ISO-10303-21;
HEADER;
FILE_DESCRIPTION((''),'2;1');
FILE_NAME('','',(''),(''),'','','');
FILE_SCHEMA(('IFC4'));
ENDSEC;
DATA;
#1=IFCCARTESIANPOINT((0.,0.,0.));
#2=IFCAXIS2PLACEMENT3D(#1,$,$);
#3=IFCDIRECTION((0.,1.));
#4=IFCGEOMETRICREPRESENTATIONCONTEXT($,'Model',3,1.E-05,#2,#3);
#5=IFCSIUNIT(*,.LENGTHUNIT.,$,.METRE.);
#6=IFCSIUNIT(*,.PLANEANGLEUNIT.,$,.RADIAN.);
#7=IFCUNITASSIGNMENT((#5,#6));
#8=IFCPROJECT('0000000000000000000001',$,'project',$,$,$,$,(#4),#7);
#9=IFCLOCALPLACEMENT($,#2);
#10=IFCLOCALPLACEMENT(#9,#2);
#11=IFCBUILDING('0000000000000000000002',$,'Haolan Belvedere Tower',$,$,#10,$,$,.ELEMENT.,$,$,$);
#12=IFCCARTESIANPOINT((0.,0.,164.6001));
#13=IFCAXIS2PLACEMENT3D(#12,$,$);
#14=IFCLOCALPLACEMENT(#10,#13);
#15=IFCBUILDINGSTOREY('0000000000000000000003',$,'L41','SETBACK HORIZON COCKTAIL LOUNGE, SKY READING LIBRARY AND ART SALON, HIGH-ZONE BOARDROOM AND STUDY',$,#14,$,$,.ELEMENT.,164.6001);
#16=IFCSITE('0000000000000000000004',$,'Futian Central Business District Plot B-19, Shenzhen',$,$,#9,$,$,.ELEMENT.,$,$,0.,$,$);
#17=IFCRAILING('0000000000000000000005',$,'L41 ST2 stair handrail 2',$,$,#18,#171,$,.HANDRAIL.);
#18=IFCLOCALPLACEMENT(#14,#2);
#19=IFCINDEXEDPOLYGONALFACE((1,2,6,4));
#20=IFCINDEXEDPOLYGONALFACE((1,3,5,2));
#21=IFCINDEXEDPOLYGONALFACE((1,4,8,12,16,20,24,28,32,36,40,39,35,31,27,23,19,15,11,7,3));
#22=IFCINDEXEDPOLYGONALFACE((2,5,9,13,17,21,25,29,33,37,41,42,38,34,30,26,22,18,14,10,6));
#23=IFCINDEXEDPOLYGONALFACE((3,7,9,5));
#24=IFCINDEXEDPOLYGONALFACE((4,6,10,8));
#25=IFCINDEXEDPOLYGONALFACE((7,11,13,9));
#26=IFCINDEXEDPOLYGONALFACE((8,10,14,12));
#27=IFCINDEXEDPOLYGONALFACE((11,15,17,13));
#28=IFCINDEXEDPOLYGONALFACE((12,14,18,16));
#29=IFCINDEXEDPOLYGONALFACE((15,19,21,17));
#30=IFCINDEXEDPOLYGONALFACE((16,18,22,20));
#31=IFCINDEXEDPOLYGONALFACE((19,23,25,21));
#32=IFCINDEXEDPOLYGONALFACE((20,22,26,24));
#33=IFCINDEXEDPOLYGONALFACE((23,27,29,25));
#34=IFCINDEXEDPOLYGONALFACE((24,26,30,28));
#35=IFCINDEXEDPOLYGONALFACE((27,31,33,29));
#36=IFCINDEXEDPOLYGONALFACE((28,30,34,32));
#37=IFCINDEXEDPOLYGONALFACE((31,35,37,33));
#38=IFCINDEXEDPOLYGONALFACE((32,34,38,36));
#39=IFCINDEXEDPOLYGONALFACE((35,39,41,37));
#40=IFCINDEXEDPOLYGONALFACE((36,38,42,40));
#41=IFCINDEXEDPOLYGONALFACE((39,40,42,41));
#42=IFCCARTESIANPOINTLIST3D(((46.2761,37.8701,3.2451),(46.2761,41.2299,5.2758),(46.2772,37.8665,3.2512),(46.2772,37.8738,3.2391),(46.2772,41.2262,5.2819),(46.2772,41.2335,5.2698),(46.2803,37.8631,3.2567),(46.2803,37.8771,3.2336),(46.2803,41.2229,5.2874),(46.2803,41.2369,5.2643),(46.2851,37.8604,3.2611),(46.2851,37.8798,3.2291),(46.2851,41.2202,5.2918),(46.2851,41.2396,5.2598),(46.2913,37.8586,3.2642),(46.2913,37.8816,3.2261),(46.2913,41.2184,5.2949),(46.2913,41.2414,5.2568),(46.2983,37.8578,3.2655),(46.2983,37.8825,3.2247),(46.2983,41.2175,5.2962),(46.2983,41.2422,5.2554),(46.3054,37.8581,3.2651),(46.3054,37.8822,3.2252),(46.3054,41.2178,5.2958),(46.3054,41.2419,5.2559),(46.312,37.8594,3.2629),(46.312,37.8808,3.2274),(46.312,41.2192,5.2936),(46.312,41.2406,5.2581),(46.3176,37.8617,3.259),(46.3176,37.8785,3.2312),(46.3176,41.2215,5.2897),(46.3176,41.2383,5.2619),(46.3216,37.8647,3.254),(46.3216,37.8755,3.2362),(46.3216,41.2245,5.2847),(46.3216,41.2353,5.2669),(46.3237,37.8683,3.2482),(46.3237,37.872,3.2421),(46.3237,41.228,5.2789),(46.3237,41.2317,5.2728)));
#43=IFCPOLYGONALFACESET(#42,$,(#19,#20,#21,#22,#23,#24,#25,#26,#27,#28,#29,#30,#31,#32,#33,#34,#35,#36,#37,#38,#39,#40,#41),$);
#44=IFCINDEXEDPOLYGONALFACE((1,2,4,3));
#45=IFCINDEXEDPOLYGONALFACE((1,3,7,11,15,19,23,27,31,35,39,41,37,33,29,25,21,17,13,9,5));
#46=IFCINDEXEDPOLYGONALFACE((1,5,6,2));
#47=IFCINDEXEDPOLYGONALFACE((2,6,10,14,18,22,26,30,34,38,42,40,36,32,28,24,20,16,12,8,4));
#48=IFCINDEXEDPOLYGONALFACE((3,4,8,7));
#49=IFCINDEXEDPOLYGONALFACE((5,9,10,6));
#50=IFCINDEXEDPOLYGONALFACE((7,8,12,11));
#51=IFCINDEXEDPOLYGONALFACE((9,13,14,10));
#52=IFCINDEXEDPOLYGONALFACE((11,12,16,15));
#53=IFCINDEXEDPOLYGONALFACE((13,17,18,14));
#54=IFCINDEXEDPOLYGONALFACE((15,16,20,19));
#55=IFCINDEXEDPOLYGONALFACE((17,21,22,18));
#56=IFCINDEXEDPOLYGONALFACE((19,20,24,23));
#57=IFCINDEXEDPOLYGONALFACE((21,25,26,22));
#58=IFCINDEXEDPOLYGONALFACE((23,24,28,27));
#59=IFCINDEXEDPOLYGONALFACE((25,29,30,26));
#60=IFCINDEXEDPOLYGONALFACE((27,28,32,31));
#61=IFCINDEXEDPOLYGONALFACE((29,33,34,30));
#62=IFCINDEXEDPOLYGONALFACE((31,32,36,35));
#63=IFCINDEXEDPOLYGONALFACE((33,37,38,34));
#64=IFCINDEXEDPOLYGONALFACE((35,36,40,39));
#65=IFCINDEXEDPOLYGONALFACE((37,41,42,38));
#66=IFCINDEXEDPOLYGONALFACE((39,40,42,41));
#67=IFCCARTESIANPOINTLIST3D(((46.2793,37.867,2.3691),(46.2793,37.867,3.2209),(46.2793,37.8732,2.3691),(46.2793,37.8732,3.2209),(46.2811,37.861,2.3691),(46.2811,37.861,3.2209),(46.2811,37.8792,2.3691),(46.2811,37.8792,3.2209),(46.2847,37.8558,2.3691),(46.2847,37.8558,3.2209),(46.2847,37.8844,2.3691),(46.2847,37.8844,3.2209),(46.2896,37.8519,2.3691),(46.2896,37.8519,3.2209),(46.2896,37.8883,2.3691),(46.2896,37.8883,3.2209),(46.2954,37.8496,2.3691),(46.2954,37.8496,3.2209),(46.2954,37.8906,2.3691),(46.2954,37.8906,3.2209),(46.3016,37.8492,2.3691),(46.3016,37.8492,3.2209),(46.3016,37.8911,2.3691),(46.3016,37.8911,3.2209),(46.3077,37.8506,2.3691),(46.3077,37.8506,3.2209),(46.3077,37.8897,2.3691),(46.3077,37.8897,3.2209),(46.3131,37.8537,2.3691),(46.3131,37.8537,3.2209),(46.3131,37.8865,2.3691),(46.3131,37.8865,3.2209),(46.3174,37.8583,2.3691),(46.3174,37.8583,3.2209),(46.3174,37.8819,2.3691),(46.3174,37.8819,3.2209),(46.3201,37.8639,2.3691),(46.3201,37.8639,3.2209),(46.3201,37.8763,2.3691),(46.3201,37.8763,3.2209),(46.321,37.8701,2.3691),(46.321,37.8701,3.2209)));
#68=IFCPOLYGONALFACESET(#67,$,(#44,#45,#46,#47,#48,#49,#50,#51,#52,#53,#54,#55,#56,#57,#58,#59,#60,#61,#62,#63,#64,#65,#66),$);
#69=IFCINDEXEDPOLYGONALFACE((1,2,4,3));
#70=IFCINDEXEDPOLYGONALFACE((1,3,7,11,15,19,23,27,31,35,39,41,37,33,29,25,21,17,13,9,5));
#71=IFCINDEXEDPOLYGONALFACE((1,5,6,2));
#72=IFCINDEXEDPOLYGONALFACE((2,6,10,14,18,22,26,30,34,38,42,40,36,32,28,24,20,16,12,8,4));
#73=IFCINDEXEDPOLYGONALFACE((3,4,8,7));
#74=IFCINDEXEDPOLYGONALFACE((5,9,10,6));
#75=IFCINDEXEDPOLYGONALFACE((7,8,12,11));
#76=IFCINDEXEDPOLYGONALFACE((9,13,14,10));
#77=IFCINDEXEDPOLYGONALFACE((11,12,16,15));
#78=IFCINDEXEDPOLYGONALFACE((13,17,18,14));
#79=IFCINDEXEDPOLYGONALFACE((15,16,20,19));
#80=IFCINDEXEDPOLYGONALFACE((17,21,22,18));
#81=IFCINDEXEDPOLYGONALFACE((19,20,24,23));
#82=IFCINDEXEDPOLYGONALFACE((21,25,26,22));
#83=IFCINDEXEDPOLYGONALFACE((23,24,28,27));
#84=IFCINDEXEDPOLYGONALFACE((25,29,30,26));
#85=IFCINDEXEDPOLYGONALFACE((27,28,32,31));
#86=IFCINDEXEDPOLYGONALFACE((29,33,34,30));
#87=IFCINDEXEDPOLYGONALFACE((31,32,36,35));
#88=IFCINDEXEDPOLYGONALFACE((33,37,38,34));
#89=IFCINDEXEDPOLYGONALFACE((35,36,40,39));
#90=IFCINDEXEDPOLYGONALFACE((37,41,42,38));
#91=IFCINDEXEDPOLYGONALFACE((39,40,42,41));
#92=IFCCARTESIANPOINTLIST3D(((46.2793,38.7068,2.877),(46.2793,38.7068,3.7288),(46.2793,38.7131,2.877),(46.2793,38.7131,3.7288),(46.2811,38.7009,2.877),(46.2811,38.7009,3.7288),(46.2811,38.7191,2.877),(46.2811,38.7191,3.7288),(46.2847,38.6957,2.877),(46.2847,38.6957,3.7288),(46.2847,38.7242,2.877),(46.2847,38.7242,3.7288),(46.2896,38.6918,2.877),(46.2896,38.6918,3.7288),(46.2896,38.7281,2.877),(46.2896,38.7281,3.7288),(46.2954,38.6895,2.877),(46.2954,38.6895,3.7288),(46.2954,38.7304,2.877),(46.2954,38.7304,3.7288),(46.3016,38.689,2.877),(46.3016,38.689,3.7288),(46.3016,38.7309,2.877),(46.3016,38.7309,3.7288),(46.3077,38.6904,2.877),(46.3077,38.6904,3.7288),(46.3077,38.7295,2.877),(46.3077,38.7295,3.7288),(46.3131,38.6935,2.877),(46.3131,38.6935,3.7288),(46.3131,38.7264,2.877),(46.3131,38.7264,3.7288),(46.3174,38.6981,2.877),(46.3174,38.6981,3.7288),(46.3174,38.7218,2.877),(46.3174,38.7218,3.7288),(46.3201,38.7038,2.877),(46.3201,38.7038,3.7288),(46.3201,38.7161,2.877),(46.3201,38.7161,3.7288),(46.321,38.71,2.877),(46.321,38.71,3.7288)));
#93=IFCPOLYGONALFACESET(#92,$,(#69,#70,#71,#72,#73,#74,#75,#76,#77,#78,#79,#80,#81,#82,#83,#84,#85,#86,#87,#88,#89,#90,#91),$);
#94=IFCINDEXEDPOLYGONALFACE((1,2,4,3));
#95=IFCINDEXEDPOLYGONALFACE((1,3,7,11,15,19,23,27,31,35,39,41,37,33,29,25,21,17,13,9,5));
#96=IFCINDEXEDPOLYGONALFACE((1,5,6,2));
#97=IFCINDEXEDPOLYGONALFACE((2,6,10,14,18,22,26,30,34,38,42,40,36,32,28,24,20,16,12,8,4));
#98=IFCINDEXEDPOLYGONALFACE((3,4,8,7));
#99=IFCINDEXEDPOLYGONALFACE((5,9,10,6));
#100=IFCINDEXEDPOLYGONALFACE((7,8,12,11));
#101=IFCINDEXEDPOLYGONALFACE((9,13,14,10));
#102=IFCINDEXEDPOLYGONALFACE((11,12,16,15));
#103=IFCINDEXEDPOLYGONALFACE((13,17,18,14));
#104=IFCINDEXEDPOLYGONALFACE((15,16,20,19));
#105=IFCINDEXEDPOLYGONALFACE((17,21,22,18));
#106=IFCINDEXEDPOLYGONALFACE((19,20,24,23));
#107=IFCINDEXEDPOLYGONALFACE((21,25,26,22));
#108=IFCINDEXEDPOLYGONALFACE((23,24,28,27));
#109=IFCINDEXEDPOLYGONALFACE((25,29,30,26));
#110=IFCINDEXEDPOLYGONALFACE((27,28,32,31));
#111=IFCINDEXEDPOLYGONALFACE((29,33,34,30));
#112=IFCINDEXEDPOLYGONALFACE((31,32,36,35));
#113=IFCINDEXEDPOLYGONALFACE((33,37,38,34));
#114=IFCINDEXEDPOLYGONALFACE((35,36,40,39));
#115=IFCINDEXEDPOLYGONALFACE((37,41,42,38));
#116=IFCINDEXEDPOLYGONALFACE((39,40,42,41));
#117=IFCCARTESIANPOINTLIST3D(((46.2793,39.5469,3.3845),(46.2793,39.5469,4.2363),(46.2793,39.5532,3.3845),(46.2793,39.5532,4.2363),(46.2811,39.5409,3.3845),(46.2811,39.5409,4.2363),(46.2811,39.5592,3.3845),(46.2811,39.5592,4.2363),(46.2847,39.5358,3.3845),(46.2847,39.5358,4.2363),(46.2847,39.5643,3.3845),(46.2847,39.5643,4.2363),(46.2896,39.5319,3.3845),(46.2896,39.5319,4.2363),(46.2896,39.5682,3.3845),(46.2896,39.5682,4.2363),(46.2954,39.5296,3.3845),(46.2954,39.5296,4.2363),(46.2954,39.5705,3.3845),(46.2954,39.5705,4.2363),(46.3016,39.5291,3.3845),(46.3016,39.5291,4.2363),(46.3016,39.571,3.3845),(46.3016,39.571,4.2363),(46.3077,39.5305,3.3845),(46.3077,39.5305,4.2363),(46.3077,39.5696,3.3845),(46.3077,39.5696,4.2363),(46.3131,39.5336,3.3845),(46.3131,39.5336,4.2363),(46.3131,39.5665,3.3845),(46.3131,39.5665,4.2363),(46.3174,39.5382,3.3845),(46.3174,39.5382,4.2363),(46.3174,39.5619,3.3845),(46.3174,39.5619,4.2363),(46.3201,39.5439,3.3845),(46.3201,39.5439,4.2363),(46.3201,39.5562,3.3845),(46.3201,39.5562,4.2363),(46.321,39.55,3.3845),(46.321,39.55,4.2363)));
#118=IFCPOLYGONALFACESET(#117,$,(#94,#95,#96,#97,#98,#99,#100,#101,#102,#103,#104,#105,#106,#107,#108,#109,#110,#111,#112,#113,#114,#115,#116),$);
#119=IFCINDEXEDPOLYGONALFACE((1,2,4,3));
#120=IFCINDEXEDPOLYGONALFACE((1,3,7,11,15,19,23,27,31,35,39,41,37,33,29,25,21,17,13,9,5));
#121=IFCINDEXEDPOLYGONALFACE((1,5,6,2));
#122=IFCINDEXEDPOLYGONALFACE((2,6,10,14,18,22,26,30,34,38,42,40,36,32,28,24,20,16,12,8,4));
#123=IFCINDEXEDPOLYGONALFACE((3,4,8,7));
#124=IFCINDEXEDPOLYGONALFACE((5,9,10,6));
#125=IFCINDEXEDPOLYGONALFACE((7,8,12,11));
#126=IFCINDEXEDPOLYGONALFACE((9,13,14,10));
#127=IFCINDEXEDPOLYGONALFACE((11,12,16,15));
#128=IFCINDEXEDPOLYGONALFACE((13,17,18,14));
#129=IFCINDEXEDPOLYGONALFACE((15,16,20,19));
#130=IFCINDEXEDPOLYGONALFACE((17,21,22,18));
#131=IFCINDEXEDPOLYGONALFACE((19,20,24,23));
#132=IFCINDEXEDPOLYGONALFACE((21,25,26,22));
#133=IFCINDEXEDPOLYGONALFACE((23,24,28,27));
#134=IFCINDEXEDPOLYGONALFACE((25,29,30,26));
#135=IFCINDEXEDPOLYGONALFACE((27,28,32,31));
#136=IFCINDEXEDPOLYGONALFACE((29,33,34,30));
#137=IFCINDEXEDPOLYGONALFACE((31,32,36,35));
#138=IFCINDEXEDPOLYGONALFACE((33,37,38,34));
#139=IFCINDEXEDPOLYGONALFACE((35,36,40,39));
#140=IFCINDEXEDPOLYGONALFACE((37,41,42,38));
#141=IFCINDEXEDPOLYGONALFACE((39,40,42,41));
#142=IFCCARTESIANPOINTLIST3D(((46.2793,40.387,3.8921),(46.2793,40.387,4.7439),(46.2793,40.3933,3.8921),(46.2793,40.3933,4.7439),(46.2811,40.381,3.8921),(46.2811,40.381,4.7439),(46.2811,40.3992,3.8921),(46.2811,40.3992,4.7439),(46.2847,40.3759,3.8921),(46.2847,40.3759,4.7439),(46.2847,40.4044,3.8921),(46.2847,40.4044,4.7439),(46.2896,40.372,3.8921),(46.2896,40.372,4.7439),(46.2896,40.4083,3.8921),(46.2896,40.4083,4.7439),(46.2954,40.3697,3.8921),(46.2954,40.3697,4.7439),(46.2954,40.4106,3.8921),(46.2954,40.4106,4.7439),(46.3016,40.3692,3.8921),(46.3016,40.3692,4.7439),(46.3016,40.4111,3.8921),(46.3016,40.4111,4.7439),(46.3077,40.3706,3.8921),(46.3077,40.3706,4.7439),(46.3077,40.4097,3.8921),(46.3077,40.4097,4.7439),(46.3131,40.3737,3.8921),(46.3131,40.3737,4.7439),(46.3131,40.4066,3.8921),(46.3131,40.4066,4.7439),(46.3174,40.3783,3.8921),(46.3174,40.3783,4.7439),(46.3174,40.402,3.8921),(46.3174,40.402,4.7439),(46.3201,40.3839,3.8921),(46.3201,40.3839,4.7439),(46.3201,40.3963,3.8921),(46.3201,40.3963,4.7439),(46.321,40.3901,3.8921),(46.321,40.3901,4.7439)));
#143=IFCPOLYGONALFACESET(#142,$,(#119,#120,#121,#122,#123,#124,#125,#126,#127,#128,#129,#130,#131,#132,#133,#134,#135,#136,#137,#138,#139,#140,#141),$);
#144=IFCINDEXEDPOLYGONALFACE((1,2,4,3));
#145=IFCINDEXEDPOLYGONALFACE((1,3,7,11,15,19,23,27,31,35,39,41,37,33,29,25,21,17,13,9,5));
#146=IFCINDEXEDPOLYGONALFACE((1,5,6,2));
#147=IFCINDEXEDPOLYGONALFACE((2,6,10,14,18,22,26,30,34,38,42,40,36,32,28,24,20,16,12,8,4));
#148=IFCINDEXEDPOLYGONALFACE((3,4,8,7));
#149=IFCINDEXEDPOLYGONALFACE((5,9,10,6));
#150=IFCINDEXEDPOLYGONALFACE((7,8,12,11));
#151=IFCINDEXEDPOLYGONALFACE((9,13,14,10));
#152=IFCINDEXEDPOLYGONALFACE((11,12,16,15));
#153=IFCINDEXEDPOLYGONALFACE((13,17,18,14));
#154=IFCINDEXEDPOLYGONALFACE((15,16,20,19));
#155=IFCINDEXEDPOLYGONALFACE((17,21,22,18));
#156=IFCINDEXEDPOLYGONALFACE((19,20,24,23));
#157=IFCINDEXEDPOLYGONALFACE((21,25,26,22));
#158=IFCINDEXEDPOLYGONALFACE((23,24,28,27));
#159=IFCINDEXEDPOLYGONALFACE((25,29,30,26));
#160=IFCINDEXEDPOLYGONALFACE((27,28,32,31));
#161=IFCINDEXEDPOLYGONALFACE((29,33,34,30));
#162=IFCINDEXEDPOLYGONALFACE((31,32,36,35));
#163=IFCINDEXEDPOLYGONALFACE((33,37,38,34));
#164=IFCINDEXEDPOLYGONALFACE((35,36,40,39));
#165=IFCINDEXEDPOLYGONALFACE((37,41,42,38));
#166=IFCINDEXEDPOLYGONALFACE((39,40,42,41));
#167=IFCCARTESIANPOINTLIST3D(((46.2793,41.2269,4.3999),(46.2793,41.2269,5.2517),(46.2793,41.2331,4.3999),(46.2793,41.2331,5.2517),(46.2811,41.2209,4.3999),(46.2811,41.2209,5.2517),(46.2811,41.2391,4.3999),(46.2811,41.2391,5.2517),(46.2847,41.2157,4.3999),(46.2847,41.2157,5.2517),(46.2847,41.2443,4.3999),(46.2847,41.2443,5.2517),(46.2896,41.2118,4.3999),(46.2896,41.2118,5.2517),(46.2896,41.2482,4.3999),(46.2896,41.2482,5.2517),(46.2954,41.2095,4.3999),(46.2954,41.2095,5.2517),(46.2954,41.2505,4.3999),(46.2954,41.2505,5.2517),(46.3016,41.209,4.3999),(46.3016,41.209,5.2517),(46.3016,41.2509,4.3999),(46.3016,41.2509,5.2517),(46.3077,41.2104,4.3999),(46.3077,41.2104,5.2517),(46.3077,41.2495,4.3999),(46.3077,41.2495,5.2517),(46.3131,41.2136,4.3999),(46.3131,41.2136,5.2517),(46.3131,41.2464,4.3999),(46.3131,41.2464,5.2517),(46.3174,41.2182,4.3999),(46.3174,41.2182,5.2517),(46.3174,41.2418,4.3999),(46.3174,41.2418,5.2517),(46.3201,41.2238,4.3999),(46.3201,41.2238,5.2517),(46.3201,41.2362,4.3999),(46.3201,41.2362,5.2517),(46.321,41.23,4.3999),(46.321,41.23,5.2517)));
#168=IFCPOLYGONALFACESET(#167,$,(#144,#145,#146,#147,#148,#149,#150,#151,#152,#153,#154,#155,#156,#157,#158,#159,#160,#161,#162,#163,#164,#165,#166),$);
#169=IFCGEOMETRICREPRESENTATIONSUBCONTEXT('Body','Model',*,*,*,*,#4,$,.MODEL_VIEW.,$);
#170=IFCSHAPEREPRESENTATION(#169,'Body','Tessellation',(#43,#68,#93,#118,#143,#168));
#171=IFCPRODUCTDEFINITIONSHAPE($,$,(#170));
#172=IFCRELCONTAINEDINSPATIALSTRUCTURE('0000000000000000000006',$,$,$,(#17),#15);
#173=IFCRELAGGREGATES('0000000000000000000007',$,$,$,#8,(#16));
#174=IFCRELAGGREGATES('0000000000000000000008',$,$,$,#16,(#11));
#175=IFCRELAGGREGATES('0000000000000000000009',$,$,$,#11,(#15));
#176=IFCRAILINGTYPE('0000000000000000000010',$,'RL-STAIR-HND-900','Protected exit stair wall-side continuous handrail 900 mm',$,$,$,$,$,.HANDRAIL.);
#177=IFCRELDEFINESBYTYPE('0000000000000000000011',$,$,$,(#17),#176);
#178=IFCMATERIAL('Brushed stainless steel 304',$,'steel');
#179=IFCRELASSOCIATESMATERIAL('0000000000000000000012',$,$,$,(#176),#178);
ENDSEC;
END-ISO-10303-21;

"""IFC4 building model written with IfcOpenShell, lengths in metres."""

from ifc_helpers import new_model, si_unit, direction, frame, origin, origin_2d, place, context, subcontext, project, spatial, circle, extrude, material, type_object, element, save


model = new_model("IFC4")

# Units and contexts
model_context = context("Model", 3, precision=1e-05, world=origin(), true_north=direction((0.0, 1.0)))
body_context = subcontext(model_context, "Body", "Model", "MODEL_VIEW")
ifc_project = project(units=[si_unit("LENGTHUNIT", "METRE"), si_unit("PLANEANGLEUNIT", "RADIAN")], contexts=[model_context])

# Site, building, storey
site_placement = place(None, origin())
site = spatial("IfcSite", under=ifc_project, at=site_placement, Name="Futian Central Business District Plot B-19, Shenzhen", CompositionType="ELEMENT", RefElevation=0.0)
building_placement = place(site_placement, origin())
building = spatial("IfcBuilding", under=site, at=building_placement, Name="Haolan Belvedere Tower", CompositionType="ELEMENT")
storey_placement = place(building_placement, frame((0.0, 0.0, 164.6001)))
storey = spatial("IfcBuildingStorey", under=building, at=storey_placement, Name="L41", Description="SETBACK HORIZON COCKTAIL LOUNGE, SKY READING LIBRARY AND ART SALON, HIGH-ZONE BOARDROOM AND STUDY", CompositionType="ELEMENT", Elevation=164.6001)

# Railing
ifc_material_1 = material(Name="Brushed stainless steel 304", Category="steel")
railing_type_1 = type_object("IfcRailingType", Name="RL-STAIR-HND-900", Description="Protected exit stair wall-side continuous handrail 900 mm", PredefinedType="HANDRAIL", material=ifc_material_1)
railing_1_placement = place(storey_placement, frame((46.3, 37.8701, 2.3691)))
element("IfcRailing", 1, at=railing_1_placement, inside=storey, type_object=railing_type_1, Name="L41 ST2 stair handrail 2", PredefinedType="HANDRAIL", context=body_context, shape_type="SweptSolid", body=[
    extrude(circle(Radius=0.0239, at=origin_2d()), frame((0.0, 0.0, 0.876), z_axis=(0.0, 0.85582, 0.517273), x_axis=(-1.0, 0.0, 0.0)), (0.0, 0.0, 1.0), 3.9258),
    extrude(circle(Radius=0.021, at=origin_2d()), origin(), (0.0, 0.0, 1.0), 0.8518),
    extrude(circle(Radius=0.021, at=origin_2d()), frame((0.0, 0.8398, 0.5078)), (0.0, 0.0, 1.0), 0.8518),
    extrude(circle(Radius=0.021, at=origin_2d()), frame((0.0, 1.6799, 1.0154)), (0.0, 0.0, 1.0), 0.8518),
    extrude(circle(Radius=0.021, at=origin_2d()), frame((0.0, 2.52, 1.5229)), (0.0, 0.0, 1.0), 0.8518),
    extrude(circle(Radius=0.021, at=origin_2d()), frame((0.0, 3.3599, 2.0308)), (0.0, 0.0, 1.0), 0.8518),
])

save(model, "model.ifc")
